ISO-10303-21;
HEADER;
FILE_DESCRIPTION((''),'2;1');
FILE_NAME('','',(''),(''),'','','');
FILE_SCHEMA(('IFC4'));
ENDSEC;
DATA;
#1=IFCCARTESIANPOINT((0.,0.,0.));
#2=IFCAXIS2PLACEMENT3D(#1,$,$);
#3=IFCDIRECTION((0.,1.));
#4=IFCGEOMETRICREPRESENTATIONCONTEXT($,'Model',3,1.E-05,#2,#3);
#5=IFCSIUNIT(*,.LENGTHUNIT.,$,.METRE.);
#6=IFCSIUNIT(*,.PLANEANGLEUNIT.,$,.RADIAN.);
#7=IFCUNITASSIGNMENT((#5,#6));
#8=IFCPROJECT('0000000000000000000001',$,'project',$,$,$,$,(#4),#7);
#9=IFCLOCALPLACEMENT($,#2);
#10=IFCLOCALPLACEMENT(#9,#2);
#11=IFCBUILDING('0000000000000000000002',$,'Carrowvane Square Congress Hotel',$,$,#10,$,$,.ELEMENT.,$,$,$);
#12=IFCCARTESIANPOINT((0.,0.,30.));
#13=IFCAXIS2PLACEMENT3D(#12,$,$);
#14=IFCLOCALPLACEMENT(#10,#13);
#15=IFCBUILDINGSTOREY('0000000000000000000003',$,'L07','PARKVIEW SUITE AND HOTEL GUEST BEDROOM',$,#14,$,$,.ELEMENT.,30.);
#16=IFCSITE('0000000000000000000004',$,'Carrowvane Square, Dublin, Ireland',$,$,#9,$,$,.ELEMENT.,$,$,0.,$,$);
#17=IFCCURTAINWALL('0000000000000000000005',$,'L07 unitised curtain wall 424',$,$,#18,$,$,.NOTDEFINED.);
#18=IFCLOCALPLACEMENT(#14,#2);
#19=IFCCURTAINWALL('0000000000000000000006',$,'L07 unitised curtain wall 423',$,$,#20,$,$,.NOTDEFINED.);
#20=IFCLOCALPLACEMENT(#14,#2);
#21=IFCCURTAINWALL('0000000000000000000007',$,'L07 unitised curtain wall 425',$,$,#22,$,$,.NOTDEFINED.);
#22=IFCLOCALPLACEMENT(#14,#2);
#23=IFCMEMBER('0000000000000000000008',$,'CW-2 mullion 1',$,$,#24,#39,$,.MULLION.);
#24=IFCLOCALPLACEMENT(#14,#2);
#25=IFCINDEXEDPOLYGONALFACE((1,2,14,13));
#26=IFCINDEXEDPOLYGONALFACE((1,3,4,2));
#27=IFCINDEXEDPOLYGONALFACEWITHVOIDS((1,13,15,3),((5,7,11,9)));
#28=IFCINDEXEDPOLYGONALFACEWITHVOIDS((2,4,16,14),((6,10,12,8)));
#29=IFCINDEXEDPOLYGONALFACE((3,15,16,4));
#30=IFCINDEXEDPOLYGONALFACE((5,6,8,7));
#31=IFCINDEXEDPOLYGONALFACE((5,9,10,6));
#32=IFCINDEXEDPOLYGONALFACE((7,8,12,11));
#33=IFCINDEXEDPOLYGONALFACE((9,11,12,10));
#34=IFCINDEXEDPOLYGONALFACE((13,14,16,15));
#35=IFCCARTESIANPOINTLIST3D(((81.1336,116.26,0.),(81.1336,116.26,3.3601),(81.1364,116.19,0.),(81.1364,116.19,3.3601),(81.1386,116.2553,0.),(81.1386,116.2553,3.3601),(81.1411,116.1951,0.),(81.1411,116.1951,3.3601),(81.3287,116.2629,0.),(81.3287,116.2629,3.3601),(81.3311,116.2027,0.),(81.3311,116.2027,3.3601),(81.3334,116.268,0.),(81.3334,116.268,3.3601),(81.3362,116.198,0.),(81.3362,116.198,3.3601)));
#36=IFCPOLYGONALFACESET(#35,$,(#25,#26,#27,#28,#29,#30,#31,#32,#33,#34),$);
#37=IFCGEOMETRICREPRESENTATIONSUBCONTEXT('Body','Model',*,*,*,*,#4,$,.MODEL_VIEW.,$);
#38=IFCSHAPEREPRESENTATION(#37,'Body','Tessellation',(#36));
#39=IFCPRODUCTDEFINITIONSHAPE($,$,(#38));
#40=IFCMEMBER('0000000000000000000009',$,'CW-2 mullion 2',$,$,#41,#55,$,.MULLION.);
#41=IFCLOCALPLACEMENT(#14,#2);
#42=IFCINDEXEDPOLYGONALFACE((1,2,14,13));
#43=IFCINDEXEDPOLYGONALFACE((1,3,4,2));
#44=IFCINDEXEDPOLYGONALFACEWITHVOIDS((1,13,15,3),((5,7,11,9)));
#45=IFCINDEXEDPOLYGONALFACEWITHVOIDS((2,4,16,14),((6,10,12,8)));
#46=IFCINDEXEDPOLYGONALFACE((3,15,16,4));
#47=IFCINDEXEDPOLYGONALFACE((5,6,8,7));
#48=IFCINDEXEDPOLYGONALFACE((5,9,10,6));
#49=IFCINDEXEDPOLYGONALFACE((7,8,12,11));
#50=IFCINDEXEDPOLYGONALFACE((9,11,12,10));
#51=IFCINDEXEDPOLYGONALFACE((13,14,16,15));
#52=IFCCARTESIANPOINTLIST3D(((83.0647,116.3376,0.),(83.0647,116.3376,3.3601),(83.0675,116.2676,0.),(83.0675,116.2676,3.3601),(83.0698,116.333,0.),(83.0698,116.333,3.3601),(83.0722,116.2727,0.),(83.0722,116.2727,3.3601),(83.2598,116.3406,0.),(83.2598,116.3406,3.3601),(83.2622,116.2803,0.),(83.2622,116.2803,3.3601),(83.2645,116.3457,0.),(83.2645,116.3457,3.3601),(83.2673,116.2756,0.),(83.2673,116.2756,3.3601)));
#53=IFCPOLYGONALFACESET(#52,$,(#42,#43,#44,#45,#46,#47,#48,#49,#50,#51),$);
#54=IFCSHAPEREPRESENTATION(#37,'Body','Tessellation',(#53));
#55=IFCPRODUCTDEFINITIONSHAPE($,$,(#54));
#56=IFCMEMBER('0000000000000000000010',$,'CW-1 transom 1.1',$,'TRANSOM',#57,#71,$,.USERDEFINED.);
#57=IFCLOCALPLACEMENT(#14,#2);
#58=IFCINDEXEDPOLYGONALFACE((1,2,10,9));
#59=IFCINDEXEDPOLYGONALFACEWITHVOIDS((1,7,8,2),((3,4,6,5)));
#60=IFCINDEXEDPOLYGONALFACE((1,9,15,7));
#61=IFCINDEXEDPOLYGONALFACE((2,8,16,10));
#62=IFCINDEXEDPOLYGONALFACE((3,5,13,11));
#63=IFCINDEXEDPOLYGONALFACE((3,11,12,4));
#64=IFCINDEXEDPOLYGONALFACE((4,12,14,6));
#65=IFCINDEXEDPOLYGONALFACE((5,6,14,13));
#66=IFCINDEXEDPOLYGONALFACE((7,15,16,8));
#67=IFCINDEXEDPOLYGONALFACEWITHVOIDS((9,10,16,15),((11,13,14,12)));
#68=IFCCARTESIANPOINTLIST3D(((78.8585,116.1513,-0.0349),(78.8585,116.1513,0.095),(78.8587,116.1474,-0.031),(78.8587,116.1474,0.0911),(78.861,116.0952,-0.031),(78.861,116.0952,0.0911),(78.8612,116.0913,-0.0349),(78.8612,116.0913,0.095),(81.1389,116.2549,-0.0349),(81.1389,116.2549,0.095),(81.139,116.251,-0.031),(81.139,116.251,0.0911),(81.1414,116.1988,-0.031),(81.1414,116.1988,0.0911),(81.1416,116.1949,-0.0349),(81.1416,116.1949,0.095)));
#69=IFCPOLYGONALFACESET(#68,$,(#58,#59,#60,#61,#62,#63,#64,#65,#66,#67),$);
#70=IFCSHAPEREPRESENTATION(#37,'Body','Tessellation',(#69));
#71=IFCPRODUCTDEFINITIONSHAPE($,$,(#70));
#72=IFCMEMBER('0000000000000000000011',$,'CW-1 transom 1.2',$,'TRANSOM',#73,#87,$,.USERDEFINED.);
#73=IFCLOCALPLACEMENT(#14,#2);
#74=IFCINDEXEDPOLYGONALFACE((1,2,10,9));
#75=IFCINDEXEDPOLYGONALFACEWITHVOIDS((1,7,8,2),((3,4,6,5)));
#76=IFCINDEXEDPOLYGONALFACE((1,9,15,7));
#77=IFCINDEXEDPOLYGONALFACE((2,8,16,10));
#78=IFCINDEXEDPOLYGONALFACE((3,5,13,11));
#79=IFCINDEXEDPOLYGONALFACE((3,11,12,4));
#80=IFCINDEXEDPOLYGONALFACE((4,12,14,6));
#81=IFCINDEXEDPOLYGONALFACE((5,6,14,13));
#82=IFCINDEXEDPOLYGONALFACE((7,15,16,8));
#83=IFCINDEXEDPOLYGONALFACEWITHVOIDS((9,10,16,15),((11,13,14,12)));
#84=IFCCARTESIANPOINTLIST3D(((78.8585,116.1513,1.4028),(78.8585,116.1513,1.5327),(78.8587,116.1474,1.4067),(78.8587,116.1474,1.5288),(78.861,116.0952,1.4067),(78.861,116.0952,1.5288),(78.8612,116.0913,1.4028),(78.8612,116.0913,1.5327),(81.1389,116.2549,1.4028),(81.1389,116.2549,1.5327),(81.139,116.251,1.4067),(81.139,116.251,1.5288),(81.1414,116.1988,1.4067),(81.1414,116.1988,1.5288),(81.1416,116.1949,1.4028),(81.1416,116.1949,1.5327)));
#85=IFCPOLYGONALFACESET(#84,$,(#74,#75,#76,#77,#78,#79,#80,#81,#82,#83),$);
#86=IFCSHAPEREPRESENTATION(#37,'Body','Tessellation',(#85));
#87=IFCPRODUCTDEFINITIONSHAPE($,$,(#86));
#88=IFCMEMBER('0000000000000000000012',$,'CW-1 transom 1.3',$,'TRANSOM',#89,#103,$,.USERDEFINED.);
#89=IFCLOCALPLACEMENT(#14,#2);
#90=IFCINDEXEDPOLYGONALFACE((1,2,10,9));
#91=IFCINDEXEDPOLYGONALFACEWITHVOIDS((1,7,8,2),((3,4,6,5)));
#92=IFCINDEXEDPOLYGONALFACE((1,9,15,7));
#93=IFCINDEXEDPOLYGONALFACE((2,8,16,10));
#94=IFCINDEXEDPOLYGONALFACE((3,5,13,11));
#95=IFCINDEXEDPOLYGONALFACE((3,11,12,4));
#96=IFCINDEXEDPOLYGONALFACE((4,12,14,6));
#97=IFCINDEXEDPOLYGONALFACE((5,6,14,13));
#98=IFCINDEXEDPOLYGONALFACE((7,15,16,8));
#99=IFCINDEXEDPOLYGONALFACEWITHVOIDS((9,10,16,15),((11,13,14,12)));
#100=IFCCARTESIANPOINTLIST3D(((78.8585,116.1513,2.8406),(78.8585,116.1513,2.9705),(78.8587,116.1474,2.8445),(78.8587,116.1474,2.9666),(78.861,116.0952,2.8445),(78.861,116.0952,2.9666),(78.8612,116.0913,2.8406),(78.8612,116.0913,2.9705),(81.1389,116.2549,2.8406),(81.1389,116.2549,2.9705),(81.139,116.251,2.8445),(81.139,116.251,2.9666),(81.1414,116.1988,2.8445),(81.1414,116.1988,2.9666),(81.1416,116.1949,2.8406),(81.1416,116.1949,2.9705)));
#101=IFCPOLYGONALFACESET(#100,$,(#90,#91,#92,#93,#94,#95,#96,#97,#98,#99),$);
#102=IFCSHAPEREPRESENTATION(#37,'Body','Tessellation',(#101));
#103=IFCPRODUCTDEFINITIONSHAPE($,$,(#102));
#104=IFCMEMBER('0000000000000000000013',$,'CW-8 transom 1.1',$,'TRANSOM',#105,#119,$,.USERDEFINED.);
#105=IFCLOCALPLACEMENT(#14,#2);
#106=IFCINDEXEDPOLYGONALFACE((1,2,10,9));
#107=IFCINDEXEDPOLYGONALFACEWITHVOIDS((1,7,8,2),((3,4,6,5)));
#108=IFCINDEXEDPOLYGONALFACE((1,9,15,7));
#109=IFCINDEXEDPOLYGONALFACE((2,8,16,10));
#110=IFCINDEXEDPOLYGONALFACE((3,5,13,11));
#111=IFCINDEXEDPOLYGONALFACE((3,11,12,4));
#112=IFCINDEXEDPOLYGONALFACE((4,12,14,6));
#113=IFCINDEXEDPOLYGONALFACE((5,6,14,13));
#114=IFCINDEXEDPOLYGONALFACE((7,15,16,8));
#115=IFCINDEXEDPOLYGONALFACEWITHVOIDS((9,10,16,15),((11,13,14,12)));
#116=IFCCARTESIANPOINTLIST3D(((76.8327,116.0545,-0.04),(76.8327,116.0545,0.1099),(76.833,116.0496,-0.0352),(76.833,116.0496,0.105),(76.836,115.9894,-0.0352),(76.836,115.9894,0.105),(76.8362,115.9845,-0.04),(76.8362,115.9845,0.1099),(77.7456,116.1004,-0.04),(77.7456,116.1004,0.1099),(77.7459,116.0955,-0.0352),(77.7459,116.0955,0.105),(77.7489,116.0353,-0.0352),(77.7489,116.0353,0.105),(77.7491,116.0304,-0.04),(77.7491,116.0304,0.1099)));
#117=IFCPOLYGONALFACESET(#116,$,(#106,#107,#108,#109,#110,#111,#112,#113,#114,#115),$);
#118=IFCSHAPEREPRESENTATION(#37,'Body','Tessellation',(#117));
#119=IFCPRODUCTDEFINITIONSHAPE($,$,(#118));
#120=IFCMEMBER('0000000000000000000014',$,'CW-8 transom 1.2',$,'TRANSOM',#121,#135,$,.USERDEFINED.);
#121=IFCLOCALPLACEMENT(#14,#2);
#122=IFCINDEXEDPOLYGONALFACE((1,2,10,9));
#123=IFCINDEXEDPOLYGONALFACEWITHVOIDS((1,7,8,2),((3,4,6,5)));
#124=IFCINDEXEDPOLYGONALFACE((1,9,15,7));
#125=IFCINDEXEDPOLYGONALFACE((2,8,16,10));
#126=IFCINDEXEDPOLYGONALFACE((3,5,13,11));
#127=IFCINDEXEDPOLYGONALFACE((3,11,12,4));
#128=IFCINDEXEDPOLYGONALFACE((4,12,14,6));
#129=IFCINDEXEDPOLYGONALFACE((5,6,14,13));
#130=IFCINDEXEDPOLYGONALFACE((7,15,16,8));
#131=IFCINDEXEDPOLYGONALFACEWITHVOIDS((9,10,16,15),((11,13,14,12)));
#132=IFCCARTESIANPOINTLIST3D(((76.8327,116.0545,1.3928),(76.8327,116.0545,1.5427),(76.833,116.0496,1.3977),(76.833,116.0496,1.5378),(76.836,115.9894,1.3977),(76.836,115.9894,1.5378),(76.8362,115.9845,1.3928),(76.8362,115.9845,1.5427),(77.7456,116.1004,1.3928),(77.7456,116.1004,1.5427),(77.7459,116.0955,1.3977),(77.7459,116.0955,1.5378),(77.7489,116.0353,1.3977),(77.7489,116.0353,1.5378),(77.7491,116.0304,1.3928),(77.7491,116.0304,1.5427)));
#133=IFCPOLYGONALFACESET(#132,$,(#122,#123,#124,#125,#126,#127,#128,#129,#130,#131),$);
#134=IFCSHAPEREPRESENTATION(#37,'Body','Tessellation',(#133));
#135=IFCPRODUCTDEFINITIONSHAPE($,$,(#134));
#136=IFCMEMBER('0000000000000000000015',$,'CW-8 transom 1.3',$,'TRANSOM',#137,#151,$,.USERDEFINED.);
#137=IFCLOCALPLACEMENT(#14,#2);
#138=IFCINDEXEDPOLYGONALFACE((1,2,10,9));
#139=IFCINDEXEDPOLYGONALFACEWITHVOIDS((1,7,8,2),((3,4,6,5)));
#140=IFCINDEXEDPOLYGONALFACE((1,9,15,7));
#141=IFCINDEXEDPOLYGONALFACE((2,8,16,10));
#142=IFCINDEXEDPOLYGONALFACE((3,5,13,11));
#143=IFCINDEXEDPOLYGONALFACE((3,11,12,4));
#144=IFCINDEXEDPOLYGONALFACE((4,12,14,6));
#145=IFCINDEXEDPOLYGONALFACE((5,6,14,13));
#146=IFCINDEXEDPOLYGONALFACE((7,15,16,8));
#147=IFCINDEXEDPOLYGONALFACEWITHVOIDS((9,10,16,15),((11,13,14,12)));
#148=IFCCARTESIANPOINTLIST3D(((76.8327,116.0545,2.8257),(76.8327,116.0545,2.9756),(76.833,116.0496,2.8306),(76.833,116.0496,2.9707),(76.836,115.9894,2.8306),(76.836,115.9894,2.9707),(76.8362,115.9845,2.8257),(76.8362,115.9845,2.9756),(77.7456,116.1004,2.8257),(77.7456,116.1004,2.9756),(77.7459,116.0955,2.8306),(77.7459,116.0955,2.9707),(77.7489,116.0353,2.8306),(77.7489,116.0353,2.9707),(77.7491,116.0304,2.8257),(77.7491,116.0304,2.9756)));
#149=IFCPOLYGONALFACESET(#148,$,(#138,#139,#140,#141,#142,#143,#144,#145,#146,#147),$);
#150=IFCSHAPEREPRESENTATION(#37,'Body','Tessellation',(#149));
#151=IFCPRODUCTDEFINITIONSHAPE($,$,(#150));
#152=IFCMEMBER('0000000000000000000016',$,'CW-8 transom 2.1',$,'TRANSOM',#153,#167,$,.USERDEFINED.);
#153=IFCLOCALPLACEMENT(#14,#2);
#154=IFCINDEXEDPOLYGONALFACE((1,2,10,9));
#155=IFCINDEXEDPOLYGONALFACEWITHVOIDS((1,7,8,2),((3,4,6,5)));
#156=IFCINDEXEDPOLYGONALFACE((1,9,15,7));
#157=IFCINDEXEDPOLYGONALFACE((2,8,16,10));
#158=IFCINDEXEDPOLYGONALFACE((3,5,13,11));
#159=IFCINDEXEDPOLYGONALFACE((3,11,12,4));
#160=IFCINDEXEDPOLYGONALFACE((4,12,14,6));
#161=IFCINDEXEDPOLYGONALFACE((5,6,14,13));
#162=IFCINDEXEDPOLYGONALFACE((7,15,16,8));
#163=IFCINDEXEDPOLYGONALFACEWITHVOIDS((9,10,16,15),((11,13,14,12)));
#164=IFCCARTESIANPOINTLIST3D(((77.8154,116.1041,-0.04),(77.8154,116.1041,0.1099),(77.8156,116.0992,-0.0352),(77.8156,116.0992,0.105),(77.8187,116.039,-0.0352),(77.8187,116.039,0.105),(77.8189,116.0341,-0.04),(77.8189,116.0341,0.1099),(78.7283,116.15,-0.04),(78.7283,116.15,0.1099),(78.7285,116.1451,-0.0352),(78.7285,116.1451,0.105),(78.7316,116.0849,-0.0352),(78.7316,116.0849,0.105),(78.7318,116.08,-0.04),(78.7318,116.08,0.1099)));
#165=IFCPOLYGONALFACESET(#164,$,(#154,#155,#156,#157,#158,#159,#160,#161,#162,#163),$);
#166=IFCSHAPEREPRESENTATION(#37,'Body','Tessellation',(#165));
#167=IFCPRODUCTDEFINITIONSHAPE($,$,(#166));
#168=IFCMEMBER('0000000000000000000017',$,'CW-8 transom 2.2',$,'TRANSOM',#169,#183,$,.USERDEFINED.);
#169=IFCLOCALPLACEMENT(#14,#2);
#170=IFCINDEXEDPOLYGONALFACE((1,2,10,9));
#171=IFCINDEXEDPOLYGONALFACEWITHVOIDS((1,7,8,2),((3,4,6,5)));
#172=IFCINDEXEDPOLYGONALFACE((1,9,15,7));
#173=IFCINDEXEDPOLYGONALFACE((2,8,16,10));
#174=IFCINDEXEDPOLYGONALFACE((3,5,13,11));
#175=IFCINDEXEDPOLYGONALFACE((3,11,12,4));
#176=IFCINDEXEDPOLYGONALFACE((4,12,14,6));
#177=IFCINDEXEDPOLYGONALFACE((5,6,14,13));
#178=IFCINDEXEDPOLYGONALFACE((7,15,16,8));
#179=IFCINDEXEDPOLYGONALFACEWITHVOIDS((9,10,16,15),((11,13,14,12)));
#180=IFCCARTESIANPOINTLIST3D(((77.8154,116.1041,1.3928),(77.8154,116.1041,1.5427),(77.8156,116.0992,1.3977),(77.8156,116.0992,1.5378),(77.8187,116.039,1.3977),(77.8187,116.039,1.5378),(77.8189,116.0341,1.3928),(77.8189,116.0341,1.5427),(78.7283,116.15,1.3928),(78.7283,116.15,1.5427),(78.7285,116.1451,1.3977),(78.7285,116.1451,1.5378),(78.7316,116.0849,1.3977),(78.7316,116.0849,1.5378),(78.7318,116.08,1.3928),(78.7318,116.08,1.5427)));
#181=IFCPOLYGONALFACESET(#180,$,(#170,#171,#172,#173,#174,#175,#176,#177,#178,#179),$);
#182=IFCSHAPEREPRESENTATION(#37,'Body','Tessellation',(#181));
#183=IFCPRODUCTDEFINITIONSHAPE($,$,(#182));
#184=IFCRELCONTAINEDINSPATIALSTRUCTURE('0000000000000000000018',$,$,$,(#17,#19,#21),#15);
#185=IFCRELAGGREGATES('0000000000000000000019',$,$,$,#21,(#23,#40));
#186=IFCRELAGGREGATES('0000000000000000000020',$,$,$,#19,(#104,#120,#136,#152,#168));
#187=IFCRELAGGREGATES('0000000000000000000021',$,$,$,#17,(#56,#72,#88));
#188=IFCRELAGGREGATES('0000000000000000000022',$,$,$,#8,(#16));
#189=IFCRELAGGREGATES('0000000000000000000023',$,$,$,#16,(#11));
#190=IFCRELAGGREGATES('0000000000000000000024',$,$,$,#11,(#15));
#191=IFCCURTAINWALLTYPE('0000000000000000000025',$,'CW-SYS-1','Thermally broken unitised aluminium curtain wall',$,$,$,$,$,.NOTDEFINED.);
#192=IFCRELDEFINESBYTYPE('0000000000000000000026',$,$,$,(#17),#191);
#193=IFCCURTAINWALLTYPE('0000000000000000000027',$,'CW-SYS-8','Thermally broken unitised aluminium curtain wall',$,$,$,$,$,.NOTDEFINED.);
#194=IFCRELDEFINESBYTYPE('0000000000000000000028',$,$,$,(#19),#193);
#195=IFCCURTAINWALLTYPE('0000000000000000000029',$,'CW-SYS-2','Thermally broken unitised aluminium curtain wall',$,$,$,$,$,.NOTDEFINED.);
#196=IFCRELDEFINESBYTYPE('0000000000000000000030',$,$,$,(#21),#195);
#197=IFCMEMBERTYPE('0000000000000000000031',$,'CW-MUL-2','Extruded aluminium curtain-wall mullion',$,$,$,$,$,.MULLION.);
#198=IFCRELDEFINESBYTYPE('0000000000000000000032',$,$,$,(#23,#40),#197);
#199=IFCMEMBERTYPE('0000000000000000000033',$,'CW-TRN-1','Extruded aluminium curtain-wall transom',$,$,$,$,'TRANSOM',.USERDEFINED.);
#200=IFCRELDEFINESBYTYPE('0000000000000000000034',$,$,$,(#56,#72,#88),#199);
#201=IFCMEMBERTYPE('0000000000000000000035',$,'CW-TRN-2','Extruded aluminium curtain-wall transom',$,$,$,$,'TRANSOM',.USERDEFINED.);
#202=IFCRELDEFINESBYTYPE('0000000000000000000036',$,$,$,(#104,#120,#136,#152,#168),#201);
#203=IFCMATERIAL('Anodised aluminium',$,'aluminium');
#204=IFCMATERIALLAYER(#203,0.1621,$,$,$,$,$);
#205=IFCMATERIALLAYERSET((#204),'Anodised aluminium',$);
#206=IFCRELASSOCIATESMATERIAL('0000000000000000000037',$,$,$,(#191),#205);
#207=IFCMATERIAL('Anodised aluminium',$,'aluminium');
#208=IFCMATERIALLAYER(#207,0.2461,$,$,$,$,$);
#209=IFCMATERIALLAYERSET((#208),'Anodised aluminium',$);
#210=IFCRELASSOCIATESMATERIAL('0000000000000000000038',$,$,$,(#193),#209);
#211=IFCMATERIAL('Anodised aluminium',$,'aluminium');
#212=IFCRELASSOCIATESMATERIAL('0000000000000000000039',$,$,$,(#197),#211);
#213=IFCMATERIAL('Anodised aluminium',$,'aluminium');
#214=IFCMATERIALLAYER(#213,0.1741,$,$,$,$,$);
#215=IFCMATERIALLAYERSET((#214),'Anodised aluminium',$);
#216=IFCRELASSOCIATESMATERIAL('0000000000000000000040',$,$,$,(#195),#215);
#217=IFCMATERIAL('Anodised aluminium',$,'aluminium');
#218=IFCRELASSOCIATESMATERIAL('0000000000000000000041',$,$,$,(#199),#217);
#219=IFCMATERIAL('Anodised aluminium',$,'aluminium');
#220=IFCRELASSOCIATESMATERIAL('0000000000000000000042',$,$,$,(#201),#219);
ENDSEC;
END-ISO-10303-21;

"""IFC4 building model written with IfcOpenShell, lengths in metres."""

from ifc_helpers import new_model, si_unit, direction, frame, origin, origin_2d, place, context, subcontext, project, spatial, hollow_rectangle, extrude, material, layer, layer_set, material_profile, profile_set, type_object, element, aggregate, save


model = new_model("IFC4")

# Units and contexts
model_context = context("Model", 3, precision=1e-05, world=origin(), true_north=direction((0.0, 1.0)))
body_context = subcontext(model_context, "Body", "Model", "MODEL_VIEW")
ifc_project = project(units=[si_unit("LENGTHUNIT", "METRE"), si_unit("PLANEANGLEUNIT", "RADIAN")], contexts=[model_context])

# Site, building, storey
site_placement = place(None, origin())
site = spatial("IfcSite", under=ifc_project, at=site_placement, Name="Carrowvane Square, Dublin, Ireland", CompositionType="ELEMENT", RefElevation=0.0)
building_placement = place(site_placement, origin())
building = spatial("IfcBuilding", under=site, at=building_placement, Name="Carrowvane Square Congress Hotel", CompositionType="ELEMENT")
storey_placement = place(building_placement, frame((0.0, 0.0, 30.0)))
storey = spatial("IfcBuildingStorey", under=building, at=storey_placement, Name="L07", Description="PARKVIEW SUITE AND HOTEL GUEST BEDROOM", CompositionType="ELEMENT", Elevation=30.0)

# Curtain walls, members
ifc_material_1 = material(Name="Anodised aluminium", Category="aluminium")
ifc_layer_1 = layer(ifc_material_1, 0.1621)
ifc_layer_set_1 = layer_set([ifc_layer_1], Name="Anodised aluminium")
curtain_wall_type_1 = type_object("IfcCurtainWallType", Name="CW-SYS-1", Description="Thermally broken unitised aluminium curtain wall", PredefinedType="NOTDEFINED", material=ifc_layer_set_1)
curtain_wall_1_placement = place(storey_placement, origin())
curtain_wall_1 = element("IfcCurtainWall", 1, at=curtain_wall_1_placement, inside=storey, type_object=curtain_wall_type_1, Name="L07 unitised curtain wall 424", PredefinedType="NOTDEFINED")
ifc_material_2 = material(Name="Anodised aluminium", Category="aluminium")
ifc_layer_2 = layer(ifc_material_2, 0.2461)
ifc_layer_set_2 = layer_set([ifc_layer_2], Name="Anodised aluminium")
curtain_wall_type_2 = type_object("IfcCurtainWallType", Name="CW-SYS-8", Description="Thermally broken unitised aluminium curtain wall", PredefinedType="NOTDEFINED", material=ifc_layer_set_2)
curtain_wall_2_placement = place(storey_placement, origin())
curtain_wall_2 = element("IfcCurtainWall", 2, at=curtain_wall_2_placement, inside=storey, type_object=curtain_wall_type_2, Name="L07 unitised curtain wall 423", PredefinedType="NOTDEFINED")
ifc_material_3 = material(Name="Anodised aluminium", Category="aluminium")
ifc_material_profile_1 = material_profile(ifc_material_3, hollow_rectangle(XDim=0.0701, YDim=0.2, WallThickness=0.0049, at=origin_2d()), Name="CW-ML 70x200x5")
ifc_profile_set_1 = profile_set([ifc_material_profile_1], Name="Anodised aluminium")
member_type_1 = type_object("IfcMemberType", Name="CW-MUL-2", Description="Extruded aluminium curtain-wall mullion", PredefinedType="MULLION", material=ifc_profile_set_1)
ifc_material_4 = material(Name="Anodised aluminium", Category="aluminium")
ifc_layer_3 = layer(ifc_material_4, 0.1741)
ifc_layer_set_3 = layer_set([ifc_layer_3], Name="Anodised aluminium")
curtain_wall_type_3 = type_object("IfcCurtainWallType", Name="CW-SYS-2", Description="Thermally broken unitised aluminium curtain wall", PredefinedType="NOTDEFINED", material=ifc_layer_set_3)
curtain_wall_3_placement = place(storey_placement, origin())
curtain_wall_3 = element("IfcCurtainWall", 3, at=curtain_wall_3_placement, inside=storey, type_object=curtain_wall_type_3, Name="L07 unitised curtain wall 425", PredefinedType="NOTDEFINED")
member_1_placement = place(storey_placement, frame((81.2349, 116.229, 0.0), z_axis=(0.0, 0.0, 1.0), x_axis=(-0.040136, 0.999194, 0.0)))
member_1 = element("IfcMember", 4, at=member_1_placement, type_object=member_type_1, Name="CW-2 mullion 1", PredefinedType="MULLION", context=body_context, shape_type="SweptSolid", body=[
    extrude(hollow_rectangle(XDim=0.0701, YDim=0.2, WallThickness=0.0049, at=origin_2d()), origin(), (0.0, 0.0, 1.0), 3.3601),
])
member_2_placement = place(storey_placement, frame((83.166, 116.3066, 0.0), z_axis=(0.0, 0.0, 1.0), x_axis=(-0.040136, 0.999194, 0.0)))
member_2 = element("IfcMember", 5, at=member_2_placement, type_object=member_type_1, Name="CW-2 mullion 2", PredefinedType="MULLION", context=body_context, shape_type="SweptSolid", body=[
    extrude(hollow_rectangle(XDim=0.0701, YDim=0.2, WallThickness=0.0049, at=origin_2d()), origin(), (0.0, 0.0, 1.0), 3.3601),
])

# Members
ifc_material_5 = material(Name="Anodised aluminium", Category="aluminium")
ifc_material_profile_2 = material_profile(ifc_material_5, hollow_rectangle(XDim=0.0601, YDim=0.1299, WallThickness=0.0039, at=origin_2d()), Name="CW-TR 60x130x4")
ifc_profile_set_2 = profile_set([ifc_material_profile_2], Name="Anodised aluminium")
member_type_2 = type_object("IfcMemberType", Name="CW-TRN-1", Description="Extruded aluminium curtain-wall transom", ElementType="TRANSOM", PredefinedType="USERDEFINED", material=ifc_profile_set_2)
member_3_placement = place(storey_placement, frame((78.8599, 116.1213, 0.03), z_axis=(0.998971, 0.045349, 0.0), x_axis=(-0.045349, 0.998971, 0.0)))
member_3 = element("IfcMember", 6, at=member_3_placement, type_object=member_type_2, Name="CW-1 transom 1.1", ObjectType="TRANSOM", PredefinedType="USERDEFINED", context=body_context, shape_type="SweptSolid", body=[
    extrude(hollow_rectangle(XDim=0.0601, YDim=0.1299, WallThickness=0.0039, at=origin_2d()), origin(), (0.0, 0.0, 1.0), 2.2827),
])
member_4_placement = place(storey_placement, frame((78.8599, 116.1213, 1.4678), z_axis=(0.998971, 0.045349, 0.0), x_axis=(-0.045349, 0.998971, 0.0)))
member_4 = element("IfcMember", 7, at=member_4_placement, type_object=member_type_2, Name="CW-1 transom 1.2", ObjectType="TRANSOM", PredefinedType="USERDEFINED", context=body_context, shape_type="SweptSolid", body=[
    extrude(hollow_rectangle(XDim=0.0601, YDim=0.1299, WallThickness=0.0039, at=origin_2d()), origin(), (0.0, 0.0, 1.0), 2.2827),
])
member_5_placement = place(storey_placement, frame((78.8599, 116.1213, 2.9055), z_axis=(0.998971, 0.045349, 0.0), x_axis=(-0.045349, 0.998971, 0.0)))
member_5 = element("IfcMember", 8, at=member_5_placement, type_object=member_type_2, Name="CW-1 transom 1.3", ObjectType="TRANSOM", PredefinedType="USERDEFINED", context=body_context, shape_type="SweptSolid", body=[
    extrude(hollow_rectangle(XDim=0.0601, YDim=0.1299, WallThickness=0.0039, at=origin_2d()), origin(), (0.0, 0.0, 1.0), 2.2827),
])
ifc_material_6 = material(Name="Anodised aluminium", Category="aluminium")
ifc_material_profile_3 = material_profile(ifc_material_6, hollow_rectangle(XDim=0.0701, YDim=0.1499, WallThickness=0.0049, at=origin_2d()), Name="CW-TR 70x150x5")
ifc_profile_set_3 = profile_set([ifc_material_profile_3], Name="Anodised aluminium")
member_type_3 = type_object("IfcMemberType", Name="CW-TRN-2", Description="Extruded aluminium curtain-wall transom", ElementType="TRANSOM", PredefinedType="USERDEFINED", material=ifc_profile_set_3)
member_6_placement = place(storey_placement, frame((76.8345, 116.0195, 0.0349), z_axis=(0.998738, 0.050217, 0.0), x_axis=(-0.050217, 0.998738, 0.0)))
member_6 = element("IfcMember", 9, at=member_6_placement, type_object=member_type_3, Name="CW-8 transom 1.1", ObjectType="TRANSOM", PredefinedType="USERDEFINED", context=body_context, shape_type="SweptSolid", body=[
    extrude(hollow_rectangle(XDim=0.0701, YDim=0.1499, WallThickness=0.0049, at=origin_2d()), origin(), (0.0, 0.0, 1.0), 0.9141),
])
member_7_placement = place(storey_placement, frame((76.8345, 116.0195, 1.4678), z_axis=(0.998738, 0.050217, 0.0), x_axis=(-0.050217, 0.998738, 0.0)))
member_7 = element("IfcMember", 10, at=member_7_placement, type_object=member_type_3, Name="CW-8 transom 1.2", ObjectType="TRANSOM", PredefinedType="USERDEFINED", context=body_context, shape_type="SweptSolid", body=[
    extrude(hollow_rectangle(XDim=0.0701, YDim=0.1499, WallThickness=0.0049, at=origin_2d()), origin(), (0.0, 0.0, 1.0), 0.9141),
])
member_8_placement = place(storey_placement, frame((76.8345, 116.0195, 2.9006), z_axis=(0.998738, 0.050217, 0.0), x_axis=(-0.050217, 0.998738, 0.0)))
member_8 = element("IfcMember", 11, at=member_8_placement, type_object=member_type_3, Name="CW-8 transom 1.3", ObjectType="TRANSOM", PredefinedType="USERDEFINED", context=body_context, shape_type="SweptSolid", body=[
    extrude(hollow_rectangle(XDim=0.0701, YDim=0.1499, WallThickness=0.0049, at=origin_2d()), origin(), (0.0, 0.0, 1.0), 0.9141),
])
member_9_placement = place(storey_placement, frame((77.8171, 116.0691, 0.0349), z_axis=(0.998738, 0.050217, 0.0), x_axis=(-0.050217, 0.998738, 0.0)))
member_9 = element("IfcMember", 12, at=member_9_placement, type_object=member_type_3, Name="CW-8 transom 2.1", ObjectType="TRANSOM", PredefinedType="USERDEFINED", context=body_context, shape_type="SweptSolid", body=[
    extrude(hollow_rectangle(XDim=0.0701, YDim=0.1499, WallThickness=0.0049, at=origin_2d()), origin(), (0.0, 0.0, 1.0), 0.9141),
])
member_10_placement = place(storey_placement, frame((77.8171, 116.0691, 1.4678), z_axis=(0.998738, 0.050217, 0.0), x_axis=(-0.050217, 0.998738, 0.0)))
member_10 = element("IfcMember", 13, at=member_10_placement, type_object=member_type_3, Name="CW-8 transom 2.2", ObjectType="TRANSOM", PredefinedType="USERDEFINED", context=body_context, shape_type="SweptSolid", body=[
    extrude(hollow_rectangle(XDim=0.0701, YDim=0.1499, WallThickness=0.0049, at=origin_2d()), origin(), (0.0, 0.0, 1.0), 0.9141),
])

aggregate(curtain_wall_3, [member_1, member_2])
aggregate(curtain_wall_2, [member_6, member_7, member_8, member_9, member_10])
aggregate(curtain_wall_1, [member_3, member_4, member_5])

save(model, "model.ifc")
